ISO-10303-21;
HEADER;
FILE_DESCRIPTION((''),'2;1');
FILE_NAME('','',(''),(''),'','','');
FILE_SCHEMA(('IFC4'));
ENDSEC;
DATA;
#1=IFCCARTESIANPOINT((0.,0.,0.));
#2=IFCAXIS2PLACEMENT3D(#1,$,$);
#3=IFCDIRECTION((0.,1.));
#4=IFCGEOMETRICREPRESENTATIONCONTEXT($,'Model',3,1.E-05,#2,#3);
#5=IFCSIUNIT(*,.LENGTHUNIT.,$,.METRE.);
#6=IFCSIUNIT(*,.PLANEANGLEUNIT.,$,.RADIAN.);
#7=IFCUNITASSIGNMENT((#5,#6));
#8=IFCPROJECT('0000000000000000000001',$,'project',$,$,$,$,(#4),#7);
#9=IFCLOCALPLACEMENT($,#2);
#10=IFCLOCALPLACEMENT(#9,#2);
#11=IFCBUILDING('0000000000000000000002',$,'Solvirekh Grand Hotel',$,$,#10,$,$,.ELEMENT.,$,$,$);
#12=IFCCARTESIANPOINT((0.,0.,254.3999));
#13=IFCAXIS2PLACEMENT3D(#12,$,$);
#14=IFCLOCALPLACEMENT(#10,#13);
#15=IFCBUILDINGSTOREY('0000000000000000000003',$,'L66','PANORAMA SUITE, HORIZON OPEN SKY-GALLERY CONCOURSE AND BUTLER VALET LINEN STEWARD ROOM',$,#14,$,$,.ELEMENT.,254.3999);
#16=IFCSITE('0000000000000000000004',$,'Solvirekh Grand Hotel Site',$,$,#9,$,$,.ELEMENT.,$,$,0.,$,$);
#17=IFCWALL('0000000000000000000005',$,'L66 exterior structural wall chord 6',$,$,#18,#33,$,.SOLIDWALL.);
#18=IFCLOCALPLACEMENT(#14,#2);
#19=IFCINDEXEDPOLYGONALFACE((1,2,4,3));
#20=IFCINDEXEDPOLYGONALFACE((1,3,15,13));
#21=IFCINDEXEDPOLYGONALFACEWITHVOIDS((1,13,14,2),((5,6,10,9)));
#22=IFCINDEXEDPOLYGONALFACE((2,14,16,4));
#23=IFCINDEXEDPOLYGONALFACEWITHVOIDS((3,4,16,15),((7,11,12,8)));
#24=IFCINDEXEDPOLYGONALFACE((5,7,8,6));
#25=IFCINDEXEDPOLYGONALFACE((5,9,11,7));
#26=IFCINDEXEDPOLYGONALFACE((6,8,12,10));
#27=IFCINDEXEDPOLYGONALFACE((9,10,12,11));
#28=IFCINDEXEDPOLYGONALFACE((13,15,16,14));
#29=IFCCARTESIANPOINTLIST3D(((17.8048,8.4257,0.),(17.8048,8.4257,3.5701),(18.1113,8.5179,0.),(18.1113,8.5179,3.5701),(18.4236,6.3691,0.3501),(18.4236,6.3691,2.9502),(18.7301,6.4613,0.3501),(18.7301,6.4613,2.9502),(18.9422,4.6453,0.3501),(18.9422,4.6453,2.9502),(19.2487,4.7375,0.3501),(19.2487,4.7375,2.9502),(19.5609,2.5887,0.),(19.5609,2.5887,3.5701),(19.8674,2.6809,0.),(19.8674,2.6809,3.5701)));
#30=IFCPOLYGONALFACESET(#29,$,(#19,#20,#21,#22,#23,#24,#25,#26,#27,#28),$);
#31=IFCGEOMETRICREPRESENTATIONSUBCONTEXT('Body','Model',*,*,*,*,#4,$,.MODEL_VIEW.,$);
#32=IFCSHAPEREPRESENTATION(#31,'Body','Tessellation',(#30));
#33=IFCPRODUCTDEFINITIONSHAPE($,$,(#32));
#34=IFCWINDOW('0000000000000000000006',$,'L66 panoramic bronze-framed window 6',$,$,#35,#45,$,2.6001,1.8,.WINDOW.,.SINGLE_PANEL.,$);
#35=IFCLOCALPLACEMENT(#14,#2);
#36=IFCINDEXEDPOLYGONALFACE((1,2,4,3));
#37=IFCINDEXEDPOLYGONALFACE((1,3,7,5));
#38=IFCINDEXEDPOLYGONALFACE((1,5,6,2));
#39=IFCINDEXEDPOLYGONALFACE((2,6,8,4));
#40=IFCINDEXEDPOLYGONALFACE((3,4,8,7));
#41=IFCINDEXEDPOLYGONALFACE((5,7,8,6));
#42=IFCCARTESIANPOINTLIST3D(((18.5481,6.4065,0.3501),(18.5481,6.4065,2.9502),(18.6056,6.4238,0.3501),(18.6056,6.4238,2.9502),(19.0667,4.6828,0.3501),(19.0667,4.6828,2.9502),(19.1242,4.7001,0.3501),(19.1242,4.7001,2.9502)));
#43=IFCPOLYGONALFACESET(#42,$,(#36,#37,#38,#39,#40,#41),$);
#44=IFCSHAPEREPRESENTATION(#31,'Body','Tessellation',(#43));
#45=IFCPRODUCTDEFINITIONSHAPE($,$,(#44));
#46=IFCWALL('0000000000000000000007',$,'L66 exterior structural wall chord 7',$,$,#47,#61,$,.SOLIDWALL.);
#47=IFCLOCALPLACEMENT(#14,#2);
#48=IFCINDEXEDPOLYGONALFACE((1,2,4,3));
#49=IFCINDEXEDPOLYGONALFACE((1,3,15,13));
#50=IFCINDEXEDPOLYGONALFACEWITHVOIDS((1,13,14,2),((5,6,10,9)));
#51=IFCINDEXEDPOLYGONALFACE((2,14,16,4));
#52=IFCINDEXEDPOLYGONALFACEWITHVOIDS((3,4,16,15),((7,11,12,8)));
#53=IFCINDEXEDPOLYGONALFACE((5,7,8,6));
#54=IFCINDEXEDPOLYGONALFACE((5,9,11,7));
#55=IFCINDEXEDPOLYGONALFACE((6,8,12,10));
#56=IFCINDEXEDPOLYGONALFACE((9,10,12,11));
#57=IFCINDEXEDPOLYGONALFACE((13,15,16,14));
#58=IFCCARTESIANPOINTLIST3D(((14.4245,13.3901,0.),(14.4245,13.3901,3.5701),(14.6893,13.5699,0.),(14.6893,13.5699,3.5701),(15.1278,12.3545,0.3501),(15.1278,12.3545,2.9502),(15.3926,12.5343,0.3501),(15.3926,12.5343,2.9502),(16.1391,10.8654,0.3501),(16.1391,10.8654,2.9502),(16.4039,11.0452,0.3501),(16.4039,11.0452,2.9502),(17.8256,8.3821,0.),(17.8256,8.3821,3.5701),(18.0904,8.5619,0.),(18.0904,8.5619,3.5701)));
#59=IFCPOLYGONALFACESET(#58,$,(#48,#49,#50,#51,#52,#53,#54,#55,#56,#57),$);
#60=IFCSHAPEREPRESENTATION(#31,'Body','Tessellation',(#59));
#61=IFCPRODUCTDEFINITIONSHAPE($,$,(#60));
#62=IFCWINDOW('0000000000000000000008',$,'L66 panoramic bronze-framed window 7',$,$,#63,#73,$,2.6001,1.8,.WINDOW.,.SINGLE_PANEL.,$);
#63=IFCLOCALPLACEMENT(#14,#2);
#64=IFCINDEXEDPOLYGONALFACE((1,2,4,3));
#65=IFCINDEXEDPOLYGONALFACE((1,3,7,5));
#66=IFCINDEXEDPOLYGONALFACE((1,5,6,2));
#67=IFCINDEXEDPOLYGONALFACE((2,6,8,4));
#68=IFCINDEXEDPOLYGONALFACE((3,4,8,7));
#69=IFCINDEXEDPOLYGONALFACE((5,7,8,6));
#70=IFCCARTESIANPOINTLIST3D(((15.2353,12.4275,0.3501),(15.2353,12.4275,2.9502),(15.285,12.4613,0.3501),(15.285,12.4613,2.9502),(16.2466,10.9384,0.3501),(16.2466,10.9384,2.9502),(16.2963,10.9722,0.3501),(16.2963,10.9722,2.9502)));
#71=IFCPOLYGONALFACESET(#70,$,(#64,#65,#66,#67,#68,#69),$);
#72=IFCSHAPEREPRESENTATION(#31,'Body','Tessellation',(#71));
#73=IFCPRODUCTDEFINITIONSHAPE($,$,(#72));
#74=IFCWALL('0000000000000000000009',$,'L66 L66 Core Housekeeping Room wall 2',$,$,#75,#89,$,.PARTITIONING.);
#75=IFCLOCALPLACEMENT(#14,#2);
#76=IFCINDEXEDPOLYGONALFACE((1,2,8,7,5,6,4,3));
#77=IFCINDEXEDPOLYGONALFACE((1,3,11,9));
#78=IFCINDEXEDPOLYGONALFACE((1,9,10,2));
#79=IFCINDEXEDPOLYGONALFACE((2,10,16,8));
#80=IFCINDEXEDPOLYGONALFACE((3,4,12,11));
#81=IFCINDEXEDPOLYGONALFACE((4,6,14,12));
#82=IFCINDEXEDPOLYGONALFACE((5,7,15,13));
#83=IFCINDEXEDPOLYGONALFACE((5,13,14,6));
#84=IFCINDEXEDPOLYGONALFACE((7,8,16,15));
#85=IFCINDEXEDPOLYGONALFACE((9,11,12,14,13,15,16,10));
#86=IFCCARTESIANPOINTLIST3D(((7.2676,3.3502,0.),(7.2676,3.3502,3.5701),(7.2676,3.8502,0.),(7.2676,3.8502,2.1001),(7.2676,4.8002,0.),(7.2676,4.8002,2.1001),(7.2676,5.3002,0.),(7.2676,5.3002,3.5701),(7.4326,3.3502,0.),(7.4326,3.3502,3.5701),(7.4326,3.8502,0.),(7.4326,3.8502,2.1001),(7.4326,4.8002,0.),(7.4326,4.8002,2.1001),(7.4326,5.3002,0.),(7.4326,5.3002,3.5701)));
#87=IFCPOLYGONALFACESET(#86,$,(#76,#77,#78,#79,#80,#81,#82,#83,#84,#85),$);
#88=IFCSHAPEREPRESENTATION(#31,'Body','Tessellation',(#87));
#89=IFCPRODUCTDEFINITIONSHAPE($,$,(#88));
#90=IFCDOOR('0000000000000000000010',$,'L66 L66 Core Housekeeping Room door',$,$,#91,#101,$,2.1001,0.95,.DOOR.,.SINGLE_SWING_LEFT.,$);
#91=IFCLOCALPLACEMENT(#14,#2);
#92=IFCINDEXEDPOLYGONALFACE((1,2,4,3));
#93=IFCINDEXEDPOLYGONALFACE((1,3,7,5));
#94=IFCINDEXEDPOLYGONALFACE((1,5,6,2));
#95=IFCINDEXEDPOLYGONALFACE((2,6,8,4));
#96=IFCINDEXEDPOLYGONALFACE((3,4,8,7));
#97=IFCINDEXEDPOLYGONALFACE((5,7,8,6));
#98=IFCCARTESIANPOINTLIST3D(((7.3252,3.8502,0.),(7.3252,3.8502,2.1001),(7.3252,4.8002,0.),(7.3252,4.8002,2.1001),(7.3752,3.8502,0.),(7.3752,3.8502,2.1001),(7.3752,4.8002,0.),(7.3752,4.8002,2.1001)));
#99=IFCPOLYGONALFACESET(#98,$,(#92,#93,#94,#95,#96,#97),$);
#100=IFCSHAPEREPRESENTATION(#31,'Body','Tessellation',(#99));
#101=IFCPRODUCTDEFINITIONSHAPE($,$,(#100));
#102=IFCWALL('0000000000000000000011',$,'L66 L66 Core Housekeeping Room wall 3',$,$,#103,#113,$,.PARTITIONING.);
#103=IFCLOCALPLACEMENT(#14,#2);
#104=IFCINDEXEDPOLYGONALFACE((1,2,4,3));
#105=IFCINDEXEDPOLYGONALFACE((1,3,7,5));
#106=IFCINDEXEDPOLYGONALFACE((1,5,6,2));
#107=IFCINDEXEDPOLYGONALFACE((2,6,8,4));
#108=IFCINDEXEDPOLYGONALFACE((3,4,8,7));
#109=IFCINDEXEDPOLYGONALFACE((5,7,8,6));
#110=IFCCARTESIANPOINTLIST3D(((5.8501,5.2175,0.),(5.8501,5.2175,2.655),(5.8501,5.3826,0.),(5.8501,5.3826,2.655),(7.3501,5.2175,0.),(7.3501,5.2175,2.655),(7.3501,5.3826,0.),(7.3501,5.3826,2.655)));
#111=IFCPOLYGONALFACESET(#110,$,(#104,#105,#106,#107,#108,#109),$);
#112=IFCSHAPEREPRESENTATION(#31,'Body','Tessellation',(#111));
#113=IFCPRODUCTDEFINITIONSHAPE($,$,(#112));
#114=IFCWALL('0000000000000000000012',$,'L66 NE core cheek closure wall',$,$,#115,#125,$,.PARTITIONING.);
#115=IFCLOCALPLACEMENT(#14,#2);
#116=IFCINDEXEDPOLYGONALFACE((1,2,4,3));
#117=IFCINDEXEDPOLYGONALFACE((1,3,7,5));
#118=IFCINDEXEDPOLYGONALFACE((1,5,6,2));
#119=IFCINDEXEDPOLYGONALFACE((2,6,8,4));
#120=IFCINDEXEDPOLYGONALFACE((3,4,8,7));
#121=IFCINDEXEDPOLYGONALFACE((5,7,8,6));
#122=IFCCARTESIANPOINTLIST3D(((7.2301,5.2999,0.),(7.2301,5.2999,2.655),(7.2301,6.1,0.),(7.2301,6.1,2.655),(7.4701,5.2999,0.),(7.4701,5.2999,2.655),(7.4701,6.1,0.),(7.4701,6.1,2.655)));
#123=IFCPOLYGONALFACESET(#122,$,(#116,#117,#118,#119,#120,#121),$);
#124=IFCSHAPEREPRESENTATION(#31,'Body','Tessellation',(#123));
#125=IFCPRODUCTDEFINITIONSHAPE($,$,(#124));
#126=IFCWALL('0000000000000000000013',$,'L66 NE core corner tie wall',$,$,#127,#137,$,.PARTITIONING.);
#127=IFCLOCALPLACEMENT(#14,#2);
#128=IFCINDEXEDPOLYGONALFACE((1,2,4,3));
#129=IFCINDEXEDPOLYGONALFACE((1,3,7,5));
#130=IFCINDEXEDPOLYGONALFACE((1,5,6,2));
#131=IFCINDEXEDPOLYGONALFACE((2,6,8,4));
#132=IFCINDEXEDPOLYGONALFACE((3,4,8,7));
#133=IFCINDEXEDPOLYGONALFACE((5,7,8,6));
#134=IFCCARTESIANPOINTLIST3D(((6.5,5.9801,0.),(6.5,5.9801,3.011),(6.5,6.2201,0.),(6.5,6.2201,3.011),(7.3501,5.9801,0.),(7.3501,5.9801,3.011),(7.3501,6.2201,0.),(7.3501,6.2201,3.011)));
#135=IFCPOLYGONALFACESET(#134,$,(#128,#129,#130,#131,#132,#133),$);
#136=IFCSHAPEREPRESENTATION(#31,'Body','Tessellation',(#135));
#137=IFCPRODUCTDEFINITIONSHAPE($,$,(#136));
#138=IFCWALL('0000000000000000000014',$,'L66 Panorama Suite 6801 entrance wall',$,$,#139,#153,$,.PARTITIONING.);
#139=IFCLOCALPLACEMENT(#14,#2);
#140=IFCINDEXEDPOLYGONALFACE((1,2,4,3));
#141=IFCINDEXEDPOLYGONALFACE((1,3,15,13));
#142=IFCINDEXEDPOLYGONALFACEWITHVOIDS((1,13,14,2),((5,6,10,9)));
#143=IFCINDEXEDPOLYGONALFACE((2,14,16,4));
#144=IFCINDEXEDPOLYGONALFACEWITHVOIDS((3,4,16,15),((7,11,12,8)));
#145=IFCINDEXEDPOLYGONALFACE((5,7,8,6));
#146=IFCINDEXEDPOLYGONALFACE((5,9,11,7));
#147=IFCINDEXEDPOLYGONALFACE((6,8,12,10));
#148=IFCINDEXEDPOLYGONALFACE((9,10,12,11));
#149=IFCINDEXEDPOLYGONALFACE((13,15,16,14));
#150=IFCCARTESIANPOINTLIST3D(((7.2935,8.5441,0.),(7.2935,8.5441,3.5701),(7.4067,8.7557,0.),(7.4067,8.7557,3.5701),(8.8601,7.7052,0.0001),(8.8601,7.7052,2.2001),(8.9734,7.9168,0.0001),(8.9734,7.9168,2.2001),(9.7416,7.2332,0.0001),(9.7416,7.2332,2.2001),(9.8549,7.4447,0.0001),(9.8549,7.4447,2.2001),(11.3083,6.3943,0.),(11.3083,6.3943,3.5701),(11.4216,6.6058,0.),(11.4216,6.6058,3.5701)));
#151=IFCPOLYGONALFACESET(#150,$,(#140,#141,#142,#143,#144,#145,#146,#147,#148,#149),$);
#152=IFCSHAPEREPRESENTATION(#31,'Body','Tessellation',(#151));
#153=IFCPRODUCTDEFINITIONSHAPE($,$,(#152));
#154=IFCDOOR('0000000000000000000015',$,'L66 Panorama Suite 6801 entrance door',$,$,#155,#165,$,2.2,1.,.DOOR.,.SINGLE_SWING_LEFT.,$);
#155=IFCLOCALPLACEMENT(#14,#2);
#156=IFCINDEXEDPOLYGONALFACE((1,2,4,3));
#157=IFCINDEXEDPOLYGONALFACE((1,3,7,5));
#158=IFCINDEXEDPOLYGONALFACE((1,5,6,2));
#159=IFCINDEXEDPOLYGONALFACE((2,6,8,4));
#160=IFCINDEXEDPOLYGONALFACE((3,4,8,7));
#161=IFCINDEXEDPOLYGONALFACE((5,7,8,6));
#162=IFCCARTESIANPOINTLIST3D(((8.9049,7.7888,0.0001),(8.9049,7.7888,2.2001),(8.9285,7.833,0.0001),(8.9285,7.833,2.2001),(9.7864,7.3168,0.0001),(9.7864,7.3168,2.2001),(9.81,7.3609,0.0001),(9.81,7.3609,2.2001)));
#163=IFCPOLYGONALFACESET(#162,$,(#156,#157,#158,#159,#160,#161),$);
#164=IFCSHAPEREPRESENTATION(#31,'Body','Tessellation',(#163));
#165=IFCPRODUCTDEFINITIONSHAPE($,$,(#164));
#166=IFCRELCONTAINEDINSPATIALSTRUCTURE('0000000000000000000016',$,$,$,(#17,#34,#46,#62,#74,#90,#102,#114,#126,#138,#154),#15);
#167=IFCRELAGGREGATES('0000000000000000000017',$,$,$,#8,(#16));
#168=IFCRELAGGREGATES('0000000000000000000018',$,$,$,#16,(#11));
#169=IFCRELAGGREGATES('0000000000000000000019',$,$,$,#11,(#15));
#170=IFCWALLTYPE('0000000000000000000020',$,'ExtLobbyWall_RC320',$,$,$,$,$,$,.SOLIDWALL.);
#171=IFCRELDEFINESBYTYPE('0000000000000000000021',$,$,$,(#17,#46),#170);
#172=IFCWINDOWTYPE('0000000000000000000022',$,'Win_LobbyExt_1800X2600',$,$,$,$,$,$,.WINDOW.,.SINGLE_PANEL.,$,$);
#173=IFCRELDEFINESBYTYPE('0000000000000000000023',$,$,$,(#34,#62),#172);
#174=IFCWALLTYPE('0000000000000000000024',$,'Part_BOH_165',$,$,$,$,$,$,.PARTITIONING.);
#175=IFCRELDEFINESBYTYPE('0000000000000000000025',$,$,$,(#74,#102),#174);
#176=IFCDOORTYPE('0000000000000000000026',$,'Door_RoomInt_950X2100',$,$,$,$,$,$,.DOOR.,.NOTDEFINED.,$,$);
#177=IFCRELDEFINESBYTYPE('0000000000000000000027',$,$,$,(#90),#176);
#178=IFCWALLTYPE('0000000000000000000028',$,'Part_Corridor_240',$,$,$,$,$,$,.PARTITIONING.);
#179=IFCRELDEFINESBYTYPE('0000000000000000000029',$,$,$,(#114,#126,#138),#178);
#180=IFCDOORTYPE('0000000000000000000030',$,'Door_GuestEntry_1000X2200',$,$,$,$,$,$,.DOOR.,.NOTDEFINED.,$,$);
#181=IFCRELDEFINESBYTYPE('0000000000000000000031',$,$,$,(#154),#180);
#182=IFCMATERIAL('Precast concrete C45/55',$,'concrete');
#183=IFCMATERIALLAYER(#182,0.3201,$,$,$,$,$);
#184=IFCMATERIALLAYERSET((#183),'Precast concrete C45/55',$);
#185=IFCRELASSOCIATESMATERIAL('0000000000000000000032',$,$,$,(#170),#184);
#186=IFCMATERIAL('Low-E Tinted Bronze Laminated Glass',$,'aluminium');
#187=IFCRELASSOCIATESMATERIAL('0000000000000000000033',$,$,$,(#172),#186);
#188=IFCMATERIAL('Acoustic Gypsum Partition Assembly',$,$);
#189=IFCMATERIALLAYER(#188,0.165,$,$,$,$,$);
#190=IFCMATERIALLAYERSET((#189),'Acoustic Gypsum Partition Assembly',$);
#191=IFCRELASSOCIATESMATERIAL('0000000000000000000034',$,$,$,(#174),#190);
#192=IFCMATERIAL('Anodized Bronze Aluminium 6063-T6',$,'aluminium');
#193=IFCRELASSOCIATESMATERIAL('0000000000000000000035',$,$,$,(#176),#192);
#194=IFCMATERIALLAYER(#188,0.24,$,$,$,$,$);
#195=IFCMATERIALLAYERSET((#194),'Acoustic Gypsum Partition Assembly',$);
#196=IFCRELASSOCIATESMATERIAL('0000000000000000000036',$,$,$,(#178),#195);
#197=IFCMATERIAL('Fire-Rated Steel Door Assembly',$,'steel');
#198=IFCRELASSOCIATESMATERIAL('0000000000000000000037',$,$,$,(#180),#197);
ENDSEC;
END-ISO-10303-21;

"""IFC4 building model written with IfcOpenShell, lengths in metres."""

from ifc_helpers import new_model, si_unit, direction, frame, frame_2d, origin, place, context, subcontext, project, spatial, rectangle, extrude, material, layer, layer_set, type_object, element, fill, save


model = new_model("IFC4")

# Units and contexts
model_context = context("Model", 3, precision=1e-05, world=origin(), true_north=direction((0.0, 1.0)))
body_context = subcontext(model_context, "Body", "Model", "MODEL_VIEW")
ifc_project = project(units=[si_unit("LENGTHUNIT", "METRE"), si_unit("PLANEANGLEUNIT", "RADIAN")], contexts=[model_context])

# Site, building, storey
site_placement = place(None, origin())
site = spatial("IfcSite", under=ifc_project, at=site_placement, Name="Solvirekh Grand Hotel Site", CompositionType="ELEMENT", RefElevation=0.0)
building_placement = place(site_placement, origin())
building = spatial("IfcBuilding", under=site, at=building_placement, Name="Solvirekh Grand Hotel", CompositionType="ELEMENT")
storey_placement = place(building_placement, frame((0.0, 0.0, 254.3999)))
storey = spatial("IfcBuildingStorey", under=building, at=storey_placement, Name="L66", Description="PANORAMA SUITE, HORIZON OPEN SKY-GALLERY CONCOURSE AND BUTLER VALET LINEN STEWARD ROOM", CompositionType="ELEMENT", Elevation=254.3999)

# Shared definitions
ifc_material_1 = material(Name="Anodized Bronze Aluminium 6063-T6", Category="aluminium")

# Shared definitions
ifc_material_2 = material(Name="Low-E Tinted Bronze Laminated Glass", Category="aluminium")

# Walls, openings, windows
ifc_material_3 = material(Name="Precast concrete C45/55", Category="concrete")
ifc_layer_1 = layer(ifc_material_3, 0.3201)
ifc_layer_set_1 = layer_set([ifc_layer_1], Name="Precast concrete C45/55")
wall_type_1 = type_object("IfcWallType", Name="ExtLobbyWall_RC320", PredefinedType="SOLIDWALL", material=ifc_layer_set_1)
wall_1_placement = place(storey_placement, frame((17.958, 8.4719, 0.0), z_axis=(0.0, 0.0, 1.0), x_axis=(0.288105, -0.957599, 0.0)))
wall_1 = element("IfcWall", 1, at=wall_1_placement, inside=storey, type_object=wall_type_1, Name="L66 exterior structural wall chord 6", PredefinedType="SOLIDWALL", context=body_context, shape_type="SweptSolid", body=[
    extrude(rectangle(XDim=6.0955, YDim=0.3201, at=frame_2d((3.0479, 0.0))), origin(), (0.0, 0.0, 1.0), 3.5701),
])
opening_1_placement = place(wall_1_placement, frame((2.1479, 0.0, 0.3501)))
opening_1 = element("IfcOpeningElement", 2, at=opening_1_placement, cuts=wall_1, PredefinedType="OPENING", context=body_context, shape_type="SweptSolid", body=[
    extrude(rectangle(XDim=1.8, YDim=2.6001, at=frame_2d((0.8999, 1.3))), frame((0.0, 0.1699, 0.0), z_axis=(0.0, -1.0, 0.0), x_axis=(1.0, 0.0, 0.0)), (0.0, 0.0, 1.0), 0.3401),
])
window_type = type_object("IfcWindowType", Name="Win_LobbyExt_1800X2600", PartitioningType="SINGLE_PANEL", PredefinedType="WINDOW", material=ifc_material_2)
window_1_placement = place(opening_1_placement, origin())
window_1 = element("IfcWindow", 3, at=window_1_placement, inside=storey, type_object=window_type, Name="L66 panoramic bronze-framed window 6", OverallHeight=2.6001, OverallWidth=1.8, PartitioningType="SINGLE_PANEL", PredefinedType="WINDOW", context=body_context, shape_type="SweptSolid", body=[
    extrude(rectangle(XDim=1.8, YDim=2.6001, at=frame_2d((0.8999, 1.3))), frame((0.0, 0.03, 0.0), z_axis=(0.0, -1.0, 0.0), x_axis=(1.0, 0.0, 0.0)), (0.0, 0.0, 1.0), 0.0601),
])
fill(opening_1, window_1)
wall_2_placement = place(storey_placement, frame((14.5569, 13.48, 0.0), z_axis=(0.0, 0.0, 1.0), x_axis=(0.561818, -0.827261, 0.0)))
wall_2 = element("IfcWall", 4, at=wall_2_placement, inside=storey, type_object=wall_type_1, Name="L66 exterior structural wall chord 7", PredefinedType="SOLIDWALL", context=body_context, shape_type="SweptSolid", body=[
    extrude(rectangle(XDim=6.0537, YDim=0.3201, at=frame_2d((3.0269, 0.0))), origin(), (0.0, 0.0, 1.0), 3.5701),
])
opening_2_placement = place(wall_2_placement, frame((1.252, 0.0, 0.3501)))
opening_2 = element("IfcOpeningElement", 5, at=opening_2_placement, cuts=wall_2, PredefinedType="OPENING", context=body_context, shape_type="SweptSolid", body=[
    extrude(rectangle(XDim=1.8, YDim=2.6001, at=frame_2d((0.8999, 1.3))), frame((0.0, 0.1699, 0.0), z_axis=(0.0, -1.0, 0.0), x_axis=(1.0, 0.0, 0.0)), (0.0, 0.0, 1.0), 0.3401),
])
window_2_placement = place(opening_2_placement, origin())
window_2 = element("IfcWindow", 6, at=window_2_placement, inside=storey, type_object=window_type, Name="L66 panoramic bronze-framed window 7", OverallHeight=2.6001, OverallWidth=1.8, PartitioningType="SINGLE_PANEL", PredefinedType="WINDOW", context=body_context, shape_type="SweptSolid", body=[
    extrude(rectangle(XDim=1.8, YDim=2.6001, at=frame_2d((0.8999, 1.3))), frame((0.0, 0.03, 0.0), z_axis=(0.0, -1.0, 0.0), x_axis=(1.0, 0.0, 0.0)), (0.0, 0.0, 1.0), 0.0601),
])
fill(opening_2, window_2)

# Wall, opening, door
ifc_material_4 = material(Name="Acoustic Gypsum Partition Assembly")
ifc_layer_2 = layer(ifc_material_4, 0.165)
ifc_layer_set_2 = layer_set([ifc_layer_2], Name="Acoustic Gypsum Partition Assembly")
wall_type_2 = type_object("IfcWallType", Name="Part_BOH_165", PredefinedType="PARTITIONING", material=ifc_layer_set_2)
wall_3_placement = place(storey_placement, frame((7.3501, 3.3501, 0.0), z_axis=(0.0, 0.0, 1.0), x_axis=(0.0, 1.0, 0.0)))
wall_3 = element("IfcWall", 7, at=wall_3_placement, inside=storey, type_object=wall_type_2, Name="L66 L66 Core Housekeeping Room wall 2", PredefinedType="PARTITIONING", context=body_context, shape_type="SweptSolid", body=[
    extrude(rectangle(XDim=1.95, YDim=0.165, at=frame_2d((0.9751, 0.0))), origin(), (0.0, 0.0, 1.0), 3.5701),
])
opening_3_placement = place(wall_3_placement, frame((0.5, 0.0, 0.0)))
opening_3 = element("IfcOpeningElement", 8, at=opening_3_placement, cuts=wall_3, PredefinedType="OPENING", context=body_context, shape_type="SweptSolid", body=[
    extrude(rectangle(XDim=0.95, YDim=2.1001, at=frame_2d((0.4751, 1.05))), frame((0.0, 0.0925, 0.0), z_axis=(0.0, -1.0, 0.0), x_axis=(1.0, 0.0, 0.0)), (0.0, 0.0, 1.0), 0.1851),
])
door_type_1 = type_object("IfcDoorType", Name="Door_RoomInt_950X2100", OperationType="NOTDEFINED", PredefinedType="DOOR", material=ifc_material_1)
door_1_placement = place(opening_3_placement, origin())
door_1 = element("IfcDoor", 9, at=door_1_placement, inside=storey, type_object=door_type_1, Name="L66 L66 Core Housekeeping Room door", OperationType="SINGLE_SWING_LEFT", OverallHeight=2.1001, OverallWidth=0.95, PredefinedType="DOOR", context=body_context, shape_type="SweptSolid", body=[
    extrude(rectangle(XDim=0.95, YDim=2.1001, at=frame_2d((0.4751, 1.05))), frame((0.0, 0.0249, 0.0), z_axis=(0.0, -1.0, 0.0), x_axis=(1.0, 0.0, 0.0)), (0.0, 0.0, 1.0), 0.05),
])
fill(opening_3, door_1)

# Walls
wall_4_placement = place(storey_placement, frame((7.3501, 5.3, 0.0), z_axis=(0.0, 0.0, 1.0), x_axis=(-1.0, 0.0, 0.0)))
element("IfcWall", 10, at=wall_4_placement, inside=storey, type_object=wall_type_2, Name="L66 L66 Core Housekeeping Room wall 3", PredefinedType="PARTITIONING", context=body_context, shape_type="SweptSolid", body=[
    extrude(rectangle(XDim=1.5, YDim=0.165, at=frame_2d((0.75, 0.0))), origin(), (0.0, 0.0, 1.0), 2.655),
])
ifc_layer_3 = layer(ifc_material_4, 0.24)
ifc_layer_set_3 = layer_set([ifc_layer_3], Name="Acoustic Gypsum Partition Assembly")
wall_type_3 = type_object("IfcWallType", Name="Part_Corridor_240", PredefinedType="PARTITIONING", material=ifc_layer_set_3)
wall_5_placement = place(storey_placement, frame((7.3501, 5.3, 0.0), z_axis=(0.0, 0.0, 1.0), x_axis=(0.0, 1.0, 0.0)))
element("IfcWall", 11, at=wall_5_placement, inside=storey, type_object=wall_type_3, Name="L66 NE core cheek closure wall", PredefinedType="PARTITIONING", context=body_context, shape_type="SweptSolid", body=[
    extrude(rectangle(XDim=0.8, YDim=0.24, at=frame_2d((0.3999, 0.0))), origin(), (0.0, 0.0, 1.0), 2.655),
])
wall_6_placement = place(storey_placement, frame((6.5, 6.1001, 0.0), z_axis=(0.0, 0.0, 1.0), x_axis=(1.0, 0.0, 0.0)))
element("IfcWall", 12, at=wall_6_placement, inside=storey, type_object=wall_type_3, Name="L66 NE core corner tie wall", PredefinedType="PARTITIONING", context=body_context, shape_type="SweptSolid", body=[
    extrude(rectangle(XDim=0.8501, YDim=0.24, at=frame_2d((0.425, 0.0))), origin(), (0.0, 0.0, 1.0), 3.011),
])

# Wall, opening, door
wall_7_placement = place(storey_placement, frame((7.3501, 8.6499, 0.0), z_axis=(0.0, 0.0, 1.0), x_axis=(0.881565, -0.472062, 0.0)))
wall_7 = element("IfcWall", 13, at=wall_7_placement, inside=storey, type_object=wall_type_3, Name="L66 Panorama Suite 6801 entrance wall", PredefinedType="PARTITIONING", context=body_context, shape_type="SweptSolid", body=[
    extrude(rectangle(XDim=4.5542, YDim=0.24, at=frame_2d((2.2771, 0.0))), origin(), (0.0, 0.0, 1.0), 3.5701),
])
opening_4_placement = place(wall_7_placement, frame((1.7771, 0.0, 0.0)))
opening_4 = element("IfcOpeningElement", 14, at=opening_4_placement, cuts=wall_7, PredefinedType="OPENING", context=body_context, shape_type="SweptSolid", body=[
    extrude(rectangle(XDim=1.0, YDim=2.2, at=frame_2d((0.5, 1.1001))), frame((0.0, 0.1299, 0.0), z_axis=(0.0, -1.0, 0.0), x_axis=(1.0, 0.0, 0.0)), (0.0, 0.0, 1.0), 0.26),
])
ifc_material_5 = material(Name="Fire-Rated Steel Door Assembly", Category="steel")
door_type_2 = type_object("IfcDoorType", Name="Door_GuestEntry_1000X2200", OperationType="NOTDEFINED", PredefinedType="DOOR", material=ifc_material_5)
door_2_placement = place(opening_4_placement, origin())
door_2 = element("IfcDoor", 15, at=door_2_placement, inside=storey, type_object=door_type_2, Name="L66 Panorama Suite 6801 entrance door", OperationType="SINGLE_SWING_LEFT", OverallHeight=2.2, OverallWidth=1.0, PredefinedType="DOOR", context=body_context, shape_type="SweptSolid", body=[
    extrude(rectangle(XDim=1.0, YDim=2.2, at=frame_2d((0.5, 1.1001))), frame((0.0, 0.0249, 0.0), z_axis=(0.0, -1.0, 0.0), x_axis=(1.0, 0.0, 0.0)), (0.0, 0.0, 1.0), 0.05),
])
fill(opening_4, door_2)

save(model, "model.ifc")
